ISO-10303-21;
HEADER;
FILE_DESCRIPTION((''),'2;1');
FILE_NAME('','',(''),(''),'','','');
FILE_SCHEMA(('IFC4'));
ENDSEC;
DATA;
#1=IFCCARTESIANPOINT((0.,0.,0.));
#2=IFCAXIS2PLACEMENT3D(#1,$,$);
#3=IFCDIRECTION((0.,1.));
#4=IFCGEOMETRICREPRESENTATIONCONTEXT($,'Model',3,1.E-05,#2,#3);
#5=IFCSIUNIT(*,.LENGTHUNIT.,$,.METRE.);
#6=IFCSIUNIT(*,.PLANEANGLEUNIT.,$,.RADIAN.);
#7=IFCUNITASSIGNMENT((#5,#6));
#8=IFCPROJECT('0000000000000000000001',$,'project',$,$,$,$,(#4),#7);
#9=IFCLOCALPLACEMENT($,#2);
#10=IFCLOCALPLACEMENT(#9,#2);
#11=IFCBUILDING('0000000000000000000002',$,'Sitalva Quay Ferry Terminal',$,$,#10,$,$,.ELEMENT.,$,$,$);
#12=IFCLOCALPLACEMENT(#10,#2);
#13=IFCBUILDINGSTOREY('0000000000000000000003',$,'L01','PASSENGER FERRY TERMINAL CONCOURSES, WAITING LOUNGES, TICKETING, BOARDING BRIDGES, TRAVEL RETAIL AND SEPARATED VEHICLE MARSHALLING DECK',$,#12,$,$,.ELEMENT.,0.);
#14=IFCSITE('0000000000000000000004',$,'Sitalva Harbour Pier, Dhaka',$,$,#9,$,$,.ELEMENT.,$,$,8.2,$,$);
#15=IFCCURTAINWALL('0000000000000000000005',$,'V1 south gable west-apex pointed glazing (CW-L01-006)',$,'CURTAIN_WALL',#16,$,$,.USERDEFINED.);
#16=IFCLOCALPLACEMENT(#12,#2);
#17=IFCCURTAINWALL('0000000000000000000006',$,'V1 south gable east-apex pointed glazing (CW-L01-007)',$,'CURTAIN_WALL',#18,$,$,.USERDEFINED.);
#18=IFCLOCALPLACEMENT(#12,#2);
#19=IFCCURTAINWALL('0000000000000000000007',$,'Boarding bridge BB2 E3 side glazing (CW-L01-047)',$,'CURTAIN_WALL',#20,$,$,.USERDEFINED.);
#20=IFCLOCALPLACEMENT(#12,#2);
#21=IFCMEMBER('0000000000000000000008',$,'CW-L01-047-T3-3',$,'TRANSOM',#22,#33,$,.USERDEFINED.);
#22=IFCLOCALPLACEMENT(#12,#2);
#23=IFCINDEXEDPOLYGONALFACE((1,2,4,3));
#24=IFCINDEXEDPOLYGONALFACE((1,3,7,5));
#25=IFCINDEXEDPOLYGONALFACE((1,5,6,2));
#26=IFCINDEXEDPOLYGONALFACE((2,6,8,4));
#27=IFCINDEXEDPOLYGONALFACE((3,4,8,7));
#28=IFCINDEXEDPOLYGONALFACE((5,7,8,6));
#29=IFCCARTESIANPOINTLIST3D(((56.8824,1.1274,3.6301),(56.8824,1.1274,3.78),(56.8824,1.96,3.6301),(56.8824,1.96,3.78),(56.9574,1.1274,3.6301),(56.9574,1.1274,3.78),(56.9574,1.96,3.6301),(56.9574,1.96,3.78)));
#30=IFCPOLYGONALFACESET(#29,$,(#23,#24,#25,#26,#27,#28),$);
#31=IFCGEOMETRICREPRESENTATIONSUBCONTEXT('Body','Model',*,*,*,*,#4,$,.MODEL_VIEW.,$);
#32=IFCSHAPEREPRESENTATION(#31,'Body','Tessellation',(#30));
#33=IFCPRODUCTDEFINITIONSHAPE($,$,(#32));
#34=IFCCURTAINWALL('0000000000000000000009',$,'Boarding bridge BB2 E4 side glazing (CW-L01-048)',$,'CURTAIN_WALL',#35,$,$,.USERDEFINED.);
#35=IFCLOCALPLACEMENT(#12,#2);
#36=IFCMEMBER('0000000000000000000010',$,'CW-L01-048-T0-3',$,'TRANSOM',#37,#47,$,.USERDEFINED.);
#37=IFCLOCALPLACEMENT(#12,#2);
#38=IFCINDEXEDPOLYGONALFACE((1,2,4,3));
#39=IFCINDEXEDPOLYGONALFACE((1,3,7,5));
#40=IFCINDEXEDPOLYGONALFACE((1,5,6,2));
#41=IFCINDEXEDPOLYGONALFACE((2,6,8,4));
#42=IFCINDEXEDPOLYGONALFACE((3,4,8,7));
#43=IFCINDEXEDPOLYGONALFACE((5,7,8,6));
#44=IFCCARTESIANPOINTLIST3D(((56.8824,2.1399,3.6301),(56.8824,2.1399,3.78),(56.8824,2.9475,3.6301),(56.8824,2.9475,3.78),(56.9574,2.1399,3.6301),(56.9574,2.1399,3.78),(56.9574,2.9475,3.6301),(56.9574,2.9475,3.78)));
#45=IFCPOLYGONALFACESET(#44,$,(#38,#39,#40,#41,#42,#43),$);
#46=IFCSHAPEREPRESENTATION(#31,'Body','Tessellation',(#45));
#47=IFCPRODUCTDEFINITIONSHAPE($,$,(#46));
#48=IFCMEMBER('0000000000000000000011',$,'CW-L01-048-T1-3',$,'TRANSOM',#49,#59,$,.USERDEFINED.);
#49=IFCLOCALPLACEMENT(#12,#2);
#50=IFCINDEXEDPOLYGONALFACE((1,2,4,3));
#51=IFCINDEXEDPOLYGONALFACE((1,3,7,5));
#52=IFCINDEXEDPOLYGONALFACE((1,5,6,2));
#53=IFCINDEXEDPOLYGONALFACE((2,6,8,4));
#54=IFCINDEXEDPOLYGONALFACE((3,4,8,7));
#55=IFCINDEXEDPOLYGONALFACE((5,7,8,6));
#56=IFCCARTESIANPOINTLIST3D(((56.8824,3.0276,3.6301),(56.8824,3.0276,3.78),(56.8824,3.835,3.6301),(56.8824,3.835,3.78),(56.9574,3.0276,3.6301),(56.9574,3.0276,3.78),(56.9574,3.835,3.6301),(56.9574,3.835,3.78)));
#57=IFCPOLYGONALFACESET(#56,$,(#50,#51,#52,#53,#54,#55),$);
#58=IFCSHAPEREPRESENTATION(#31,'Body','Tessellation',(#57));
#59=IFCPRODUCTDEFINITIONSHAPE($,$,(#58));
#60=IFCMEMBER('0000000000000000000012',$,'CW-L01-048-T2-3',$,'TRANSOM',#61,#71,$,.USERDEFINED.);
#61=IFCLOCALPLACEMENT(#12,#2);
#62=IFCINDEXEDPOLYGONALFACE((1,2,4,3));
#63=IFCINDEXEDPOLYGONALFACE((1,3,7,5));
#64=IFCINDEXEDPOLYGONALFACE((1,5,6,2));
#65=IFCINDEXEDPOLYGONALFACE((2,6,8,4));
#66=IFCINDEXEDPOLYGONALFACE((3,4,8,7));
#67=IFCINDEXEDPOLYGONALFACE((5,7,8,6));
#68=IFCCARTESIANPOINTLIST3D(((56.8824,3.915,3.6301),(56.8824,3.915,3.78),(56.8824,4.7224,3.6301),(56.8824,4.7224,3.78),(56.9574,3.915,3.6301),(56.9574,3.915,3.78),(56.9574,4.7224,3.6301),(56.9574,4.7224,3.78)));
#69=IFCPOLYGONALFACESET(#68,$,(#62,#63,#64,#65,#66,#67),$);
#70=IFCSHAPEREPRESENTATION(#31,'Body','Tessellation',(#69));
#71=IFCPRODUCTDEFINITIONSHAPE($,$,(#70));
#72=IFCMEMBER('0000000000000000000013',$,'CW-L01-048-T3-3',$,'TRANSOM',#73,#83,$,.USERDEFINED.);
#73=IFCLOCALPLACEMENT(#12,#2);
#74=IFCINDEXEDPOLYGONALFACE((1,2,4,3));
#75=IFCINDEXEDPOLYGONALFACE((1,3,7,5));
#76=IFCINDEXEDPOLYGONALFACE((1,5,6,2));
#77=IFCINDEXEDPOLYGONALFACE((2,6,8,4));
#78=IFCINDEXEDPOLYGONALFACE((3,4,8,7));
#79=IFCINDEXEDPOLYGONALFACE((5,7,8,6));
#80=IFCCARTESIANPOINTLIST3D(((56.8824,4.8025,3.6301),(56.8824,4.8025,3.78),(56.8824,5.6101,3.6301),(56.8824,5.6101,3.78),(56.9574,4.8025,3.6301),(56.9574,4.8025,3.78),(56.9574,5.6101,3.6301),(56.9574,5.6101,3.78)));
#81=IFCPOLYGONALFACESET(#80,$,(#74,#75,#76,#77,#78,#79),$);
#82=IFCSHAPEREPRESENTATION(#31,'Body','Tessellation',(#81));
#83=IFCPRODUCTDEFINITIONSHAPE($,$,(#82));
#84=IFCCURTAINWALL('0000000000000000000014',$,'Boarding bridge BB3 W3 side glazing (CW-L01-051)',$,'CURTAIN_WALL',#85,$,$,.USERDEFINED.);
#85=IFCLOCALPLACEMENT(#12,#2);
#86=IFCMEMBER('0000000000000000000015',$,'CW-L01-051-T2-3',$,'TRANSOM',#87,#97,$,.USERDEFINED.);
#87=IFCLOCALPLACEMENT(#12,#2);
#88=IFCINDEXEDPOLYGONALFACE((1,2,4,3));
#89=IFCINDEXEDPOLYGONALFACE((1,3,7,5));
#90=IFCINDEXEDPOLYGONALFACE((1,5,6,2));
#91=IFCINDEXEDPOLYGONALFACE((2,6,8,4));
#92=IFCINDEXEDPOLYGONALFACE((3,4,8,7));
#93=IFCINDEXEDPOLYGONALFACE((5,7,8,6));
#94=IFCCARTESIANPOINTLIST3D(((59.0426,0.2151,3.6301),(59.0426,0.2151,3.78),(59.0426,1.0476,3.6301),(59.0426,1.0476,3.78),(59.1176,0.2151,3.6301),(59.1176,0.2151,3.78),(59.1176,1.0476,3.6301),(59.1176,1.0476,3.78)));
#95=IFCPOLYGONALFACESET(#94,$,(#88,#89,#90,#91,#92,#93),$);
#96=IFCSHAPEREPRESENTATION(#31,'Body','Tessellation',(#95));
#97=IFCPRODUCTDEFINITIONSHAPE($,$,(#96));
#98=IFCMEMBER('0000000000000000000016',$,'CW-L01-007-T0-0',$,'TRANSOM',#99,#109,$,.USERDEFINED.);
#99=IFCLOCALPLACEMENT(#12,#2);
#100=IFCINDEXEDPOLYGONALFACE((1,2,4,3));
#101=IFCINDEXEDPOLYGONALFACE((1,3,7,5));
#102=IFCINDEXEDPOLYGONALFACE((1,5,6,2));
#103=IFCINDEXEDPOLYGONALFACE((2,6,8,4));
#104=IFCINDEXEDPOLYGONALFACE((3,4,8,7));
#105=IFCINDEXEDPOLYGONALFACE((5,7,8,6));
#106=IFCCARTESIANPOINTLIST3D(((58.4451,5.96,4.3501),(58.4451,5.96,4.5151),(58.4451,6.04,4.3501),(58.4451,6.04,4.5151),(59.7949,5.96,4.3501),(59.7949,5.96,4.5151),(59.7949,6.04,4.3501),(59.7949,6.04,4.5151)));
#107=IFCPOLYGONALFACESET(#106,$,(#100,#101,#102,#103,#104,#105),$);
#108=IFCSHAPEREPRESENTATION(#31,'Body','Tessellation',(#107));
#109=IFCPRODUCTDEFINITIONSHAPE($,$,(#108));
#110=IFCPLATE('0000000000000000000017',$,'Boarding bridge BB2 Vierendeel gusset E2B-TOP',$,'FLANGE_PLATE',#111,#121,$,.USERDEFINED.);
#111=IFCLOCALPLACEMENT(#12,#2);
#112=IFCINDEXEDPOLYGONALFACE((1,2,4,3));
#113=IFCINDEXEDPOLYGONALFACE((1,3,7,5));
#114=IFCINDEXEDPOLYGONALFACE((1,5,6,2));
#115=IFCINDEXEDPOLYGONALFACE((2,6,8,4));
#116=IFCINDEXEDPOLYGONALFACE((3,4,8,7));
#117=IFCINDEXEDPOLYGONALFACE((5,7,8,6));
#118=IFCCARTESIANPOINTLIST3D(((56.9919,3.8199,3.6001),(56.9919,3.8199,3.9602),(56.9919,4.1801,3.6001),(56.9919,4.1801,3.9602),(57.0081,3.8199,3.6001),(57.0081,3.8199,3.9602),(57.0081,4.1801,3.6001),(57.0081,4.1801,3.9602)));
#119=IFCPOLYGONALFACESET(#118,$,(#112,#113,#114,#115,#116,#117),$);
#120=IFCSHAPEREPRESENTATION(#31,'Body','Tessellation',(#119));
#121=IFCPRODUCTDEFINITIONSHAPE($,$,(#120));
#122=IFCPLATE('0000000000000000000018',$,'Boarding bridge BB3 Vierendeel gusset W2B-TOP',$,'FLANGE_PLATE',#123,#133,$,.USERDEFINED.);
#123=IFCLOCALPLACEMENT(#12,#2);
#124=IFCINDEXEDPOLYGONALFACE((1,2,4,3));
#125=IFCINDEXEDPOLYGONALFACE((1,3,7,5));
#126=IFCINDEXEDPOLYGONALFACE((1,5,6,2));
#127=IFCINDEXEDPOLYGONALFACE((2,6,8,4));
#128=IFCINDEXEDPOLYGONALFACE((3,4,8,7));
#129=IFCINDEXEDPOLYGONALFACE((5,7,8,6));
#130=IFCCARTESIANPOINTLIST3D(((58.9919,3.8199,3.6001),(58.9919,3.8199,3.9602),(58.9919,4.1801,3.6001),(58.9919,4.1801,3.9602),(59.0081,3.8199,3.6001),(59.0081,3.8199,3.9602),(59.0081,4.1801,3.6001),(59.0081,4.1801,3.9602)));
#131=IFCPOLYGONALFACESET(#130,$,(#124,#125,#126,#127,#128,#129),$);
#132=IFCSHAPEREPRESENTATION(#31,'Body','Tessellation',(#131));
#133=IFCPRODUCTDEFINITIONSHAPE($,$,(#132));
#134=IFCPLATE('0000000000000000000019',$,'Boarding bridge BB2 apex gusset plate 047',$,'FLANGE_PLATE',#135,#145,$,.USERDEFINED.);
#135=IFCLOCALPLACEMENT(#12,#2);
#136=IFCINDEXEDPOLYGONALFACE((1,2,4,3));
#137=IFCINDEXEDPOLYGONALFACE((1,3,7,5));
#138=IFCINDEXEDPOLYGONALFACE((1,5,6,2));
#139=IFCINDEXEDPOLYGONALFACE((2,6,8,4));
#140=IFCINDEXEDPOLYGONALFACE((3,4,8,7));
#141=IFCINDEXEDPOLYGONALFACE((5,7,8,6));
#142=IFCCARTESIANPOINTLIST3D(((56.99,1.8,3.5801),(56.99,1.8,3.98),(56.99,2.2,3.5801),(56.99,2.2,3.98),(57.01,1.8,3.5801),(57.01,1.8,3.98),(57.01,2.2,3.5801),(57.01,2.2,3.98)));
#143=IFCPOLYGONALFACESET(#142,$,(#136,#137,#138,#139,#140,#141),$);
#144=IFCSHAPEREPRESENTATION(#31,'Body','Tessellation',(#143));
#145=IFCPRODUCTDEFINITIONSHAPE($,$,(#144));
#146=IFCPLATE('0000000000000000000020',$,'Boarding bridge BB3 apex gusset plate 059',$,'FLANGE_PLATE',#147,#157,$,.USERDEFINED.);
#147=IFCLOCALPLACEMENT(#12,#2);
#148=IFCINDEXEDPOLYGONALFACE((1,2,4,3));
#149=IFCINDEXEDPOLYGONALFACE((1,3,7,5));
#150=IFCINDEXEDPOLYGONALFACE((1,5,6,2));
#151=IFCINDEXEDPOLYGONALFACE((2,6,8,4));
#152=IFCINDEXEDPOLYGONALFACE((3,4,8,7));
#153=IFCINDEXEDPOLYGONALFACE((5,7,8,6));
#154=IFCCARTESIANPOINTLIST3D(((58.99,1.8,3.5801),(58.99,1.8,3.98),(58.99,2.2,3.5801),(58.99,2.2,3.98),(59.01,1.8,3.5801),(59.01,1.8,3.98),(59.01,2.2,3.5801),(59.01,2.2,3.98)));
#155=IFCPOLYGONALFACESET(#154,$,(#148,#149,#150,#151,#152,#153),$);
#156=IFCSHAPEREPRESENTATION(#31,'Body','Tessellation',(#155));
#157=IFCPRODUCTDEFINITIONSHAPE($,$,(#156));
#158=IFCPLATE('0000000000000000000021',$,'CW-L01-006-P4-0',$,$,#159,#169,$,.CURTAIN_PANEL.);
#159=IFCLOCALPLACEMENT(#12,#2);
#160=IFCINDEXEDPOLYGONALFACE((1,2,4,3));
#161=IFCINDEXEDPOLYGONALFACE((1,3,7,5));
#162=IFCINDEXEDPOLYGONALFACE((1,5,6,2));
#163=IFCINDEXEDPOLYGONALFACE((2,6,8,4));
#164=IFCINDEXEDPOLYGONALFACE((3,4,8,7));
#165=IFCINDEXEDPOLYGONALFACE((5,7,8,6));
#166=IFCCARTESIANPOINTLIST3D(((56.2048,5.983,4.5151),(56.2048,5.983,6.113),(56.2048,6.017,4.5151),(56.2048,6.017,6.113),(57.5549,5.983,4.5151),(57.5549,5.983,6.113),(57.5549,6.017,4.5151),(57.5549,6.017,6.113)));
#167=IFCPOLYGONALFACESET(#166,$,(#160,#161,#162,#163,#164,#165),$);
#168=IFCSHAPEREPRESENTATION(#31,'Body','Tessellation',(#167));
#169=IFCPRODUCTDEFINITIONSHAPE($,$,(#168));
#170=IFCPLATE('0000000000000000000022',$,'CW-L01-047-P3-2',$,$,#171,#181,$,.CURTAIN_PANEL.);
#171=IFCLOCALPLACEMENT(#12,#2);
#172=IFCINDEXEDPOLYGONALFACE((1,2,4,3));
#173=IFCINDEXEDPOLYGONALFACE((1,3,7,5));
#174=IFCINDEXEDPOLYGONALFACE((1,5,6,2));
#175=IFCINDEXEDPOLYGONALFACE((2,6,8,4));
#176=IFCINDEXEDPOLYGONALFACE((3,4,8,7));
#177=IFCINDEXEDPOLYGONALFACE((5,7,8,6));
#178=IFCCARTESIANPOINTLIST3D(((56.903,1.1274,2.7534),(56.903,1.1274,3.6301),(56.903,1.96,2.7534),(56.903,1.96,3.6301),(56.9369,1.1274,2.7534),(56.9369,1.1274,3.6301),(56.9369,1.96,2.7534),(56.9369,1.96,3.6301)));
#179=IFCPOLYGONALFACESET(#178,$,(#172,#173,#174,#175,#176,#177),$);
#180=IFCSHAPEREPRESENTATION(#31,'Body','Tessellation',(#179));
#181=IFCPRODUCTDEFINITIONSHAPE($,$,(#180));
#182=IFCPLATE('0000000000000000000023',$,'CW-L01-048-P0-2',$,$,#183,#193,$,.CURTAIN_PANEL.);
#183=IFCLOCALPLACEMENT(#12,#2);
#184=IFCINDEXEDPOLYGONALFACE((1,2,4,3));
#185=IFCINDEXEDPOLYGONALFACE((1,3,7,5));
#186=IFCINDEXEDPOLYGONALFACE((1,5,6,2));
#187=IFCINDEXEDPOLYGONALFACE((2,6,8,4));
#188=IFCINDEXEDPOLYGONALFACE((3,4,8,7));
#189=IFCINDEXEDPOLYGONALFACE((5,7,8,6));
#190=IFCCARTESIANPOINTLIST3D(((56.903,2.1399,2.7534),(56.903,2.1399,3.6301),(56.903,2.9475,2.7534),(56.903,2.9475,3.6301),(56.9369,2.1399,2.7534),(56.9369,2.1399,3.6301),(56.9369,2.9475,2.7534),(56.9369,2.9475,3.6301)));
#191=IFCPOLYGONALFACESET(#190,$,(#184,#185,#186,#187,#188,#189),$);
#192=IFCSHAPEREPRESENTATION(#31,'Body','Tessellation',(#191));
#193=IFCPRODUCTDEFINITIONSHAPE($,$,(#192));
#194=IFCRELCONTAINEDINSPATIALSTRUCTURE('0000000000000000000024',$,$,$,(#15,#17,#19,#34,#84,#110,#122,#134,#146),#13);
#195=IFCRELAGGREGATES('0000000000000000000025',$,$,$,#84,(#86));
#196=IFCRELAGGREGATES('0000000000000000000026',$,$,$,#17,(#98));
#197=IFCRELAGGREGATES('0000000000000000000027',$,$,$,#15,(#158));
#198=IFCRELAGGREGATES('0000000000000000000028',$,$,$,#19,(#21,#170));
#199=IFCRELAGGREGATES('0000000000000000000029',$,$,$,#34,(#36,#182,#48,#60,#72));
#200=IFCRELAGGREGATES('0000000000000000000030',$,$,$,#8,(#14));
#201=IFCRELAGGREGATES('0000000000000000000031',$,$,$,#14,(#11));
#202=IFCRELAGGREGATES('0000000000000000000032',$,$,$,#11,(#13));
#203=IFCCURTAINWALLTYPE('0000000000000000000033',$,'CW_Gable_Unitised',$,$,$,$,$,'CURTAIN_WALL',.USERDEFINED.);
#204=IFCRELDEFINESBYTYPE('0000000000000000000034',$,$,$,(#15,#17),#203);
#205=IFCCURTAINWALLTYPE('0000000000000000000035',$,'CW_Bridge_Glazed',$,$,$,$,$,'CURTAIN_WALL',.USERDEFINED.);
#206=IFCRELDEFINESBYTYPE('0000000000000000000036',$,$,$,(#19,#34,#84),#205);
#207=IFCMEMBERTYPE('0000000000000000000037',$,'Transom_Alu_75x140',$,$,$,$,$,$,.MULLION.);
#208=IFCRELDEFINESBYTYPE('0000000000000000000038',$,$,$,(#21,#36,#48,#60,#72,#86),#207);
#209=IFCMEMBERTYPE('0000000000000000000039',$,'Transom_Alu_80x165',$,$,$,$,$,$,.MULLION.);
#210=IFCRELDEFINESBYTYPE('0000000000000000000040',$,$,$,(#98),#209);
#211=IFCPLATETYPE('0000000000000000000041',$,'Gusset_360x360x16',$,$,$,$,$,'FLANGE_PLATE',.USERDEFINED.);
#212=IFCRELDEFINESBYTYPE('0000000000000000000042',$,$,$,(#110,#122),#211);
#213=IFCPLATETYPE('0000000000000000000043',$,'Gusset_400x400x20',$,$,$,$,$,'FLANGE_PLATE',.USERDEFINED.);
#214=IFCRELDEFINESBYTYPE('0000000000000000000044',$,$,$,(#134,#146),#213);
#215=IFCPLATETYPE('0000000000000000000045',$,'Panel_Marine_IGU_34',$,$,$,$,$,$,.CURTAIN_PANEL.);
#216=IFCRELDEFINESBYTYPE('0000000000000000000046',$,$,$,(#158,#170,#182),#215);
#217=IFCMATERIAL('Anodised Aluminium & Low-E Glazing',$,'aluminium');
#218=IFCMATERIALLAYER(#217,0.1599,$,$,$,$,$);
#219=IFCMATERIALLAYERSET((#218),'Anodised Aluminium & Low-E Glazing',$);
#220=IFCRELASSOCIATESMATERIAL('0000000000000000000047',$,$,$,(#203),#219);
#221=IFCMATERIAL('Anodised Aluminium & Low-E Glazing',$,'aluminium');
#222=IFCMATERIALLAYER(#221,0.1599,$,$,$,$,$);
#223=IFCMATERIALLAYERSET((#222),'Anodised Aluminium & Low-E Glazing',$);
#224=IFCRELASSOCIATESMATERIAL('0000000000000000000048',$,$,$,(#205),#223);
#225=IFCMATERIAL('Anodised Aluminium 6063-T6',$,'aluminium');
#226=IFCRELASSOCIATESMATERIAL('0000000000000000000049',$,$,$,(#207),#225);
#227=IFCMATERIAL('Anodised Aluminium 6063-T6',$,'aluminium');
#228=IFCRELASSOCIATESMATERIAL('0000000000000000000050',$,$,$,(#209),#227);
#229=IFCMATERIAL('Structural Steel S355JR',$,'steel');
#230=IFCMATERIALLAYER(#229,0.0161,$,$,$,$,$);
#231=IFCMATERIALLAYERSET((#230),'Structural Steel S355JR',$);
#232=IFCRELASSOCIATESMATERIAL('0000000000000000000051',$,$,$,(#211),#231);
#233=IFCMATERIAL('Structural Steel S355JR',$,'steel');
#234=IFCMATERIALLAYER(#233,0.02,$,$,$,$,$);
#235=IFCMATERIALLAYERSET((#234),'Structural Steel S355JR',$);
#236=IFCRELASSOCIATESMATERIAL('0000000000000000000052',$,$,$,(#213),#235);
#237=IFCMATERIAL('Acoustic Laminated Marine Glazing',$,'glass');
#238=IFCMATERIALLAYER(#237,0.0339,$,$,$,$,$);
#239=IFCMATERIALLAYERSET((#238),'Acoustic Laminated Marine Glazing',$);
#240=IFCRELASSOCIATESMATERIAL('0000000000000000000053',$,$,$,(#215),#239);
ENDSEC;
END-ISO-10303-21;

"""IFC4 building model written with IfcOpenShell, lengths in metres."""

from ifc_helpers import new_model, si_unit, direction, frame, origin, origin_2d, place, context, subcontext, project, spatial, rectangle, extrude, material, layer, layer_set, material_profile, profile_set, type_object, element, aggregate, save


model = new_model("IFC4")

# Units and contexts
model_context = context("Model", 3, precision=1e-05, world=origin(), true_north=direction((0.0, 1.0)))
body_context = subcontext(model_context, "Body", "Model", "MODEL_VIEW")
ifc_project = project(units=[si_unit("LENGTHUNIT", "METRE"), si_unit("PLANEANGLEUNIT", "RADIAN")], contexts=[model_context])

# Site, building, storey
site_placement = place(None, origin())
site = spatial("IfcSite", under=ifc_project, at=site_placement, Name="Sitalva Harbour Pier, Dhaka", CompositionType="ELEMENT", RefElevation=8.2)
building_placement = place(site_placement, origin())
building = spatial("IfcBuilding", under=site, at=building_placement, Name="Sitalva Quay Ferry Terminal", CompositionType="ELEMENT")
storey_placement = place(building_placement, origin())
storey = spatial("IfcBuildingStorey", under=building, at=storey_placement, Name="L01", Description="PASSENGER FERRY TERMINAL CONCOURSES, WAITING LOUNGES, TICKETING, BOARDING BRIDGES, TRAVEL RETAIL AND SEPARATED VEHICLE MARSHALLING DECK", CompositionType="ELEMENT", Elevation=0.0)

# Curtain walls
ifc_material_1 = material(Name="Anodised Aluminium & Low-E Glazing", Category="aluminium")
ifc_layer_1 = layer(ifc_material_1, 0.1599)
ifc_layer_set_1 = layer_set([ifc_layer_1], Name="Anodised Aluminium & Low-E Glazing")
curtain_wall_type_1 = type_object("IfcCurtainWallType", Name="CW_Gable_Unitised", ElementType="CURTAIN_WALL", PredefinedType="USERDEFINED", material=ifc_layer_set_1)
curtain_wall_1_placement = place(storey_placement, origin())
curtain_wall_1 = element("IfcCurtainWall", 1, at=curtain_wall_1_placement, inside=storey, type_object=curtain_wall_type_1, Name="V1 south gable west-apex pointed glazing (CW-L01-006)", ObjectType="CURTAIN_WALL", PredefinedType="USERDEFINED")
curtain_wall_2_placement = place(storey_placement, origin())
curtain_wall_2 = element("IfcCurtainWall", 2, at=curtain_wall_2_placement, inside=storey, type_object=curtain_wall_type_1, Name="V1 south gable east-apex pointed glazing (CW-L01-007)", ObjectType="CURTAIN_WALL", PredefinedType="USERDEFINED")

# Curtain walls, members
ifc_material_2 = material(Name="Anodised Aluminium & Low-E Glazing", Category="aluminium")
ifc_layer_2 = layer(ifc_material_2, 0.1599)
ifc_layer_set_2 = layer_set([ifc_layer_2], Name="Anodised Aluminium & Low-E Glazing")
curtain_wall_type_2 = type_object("IfcCurtainWallType", Name="CW_Bridge_Glazed", ElementType="CURTAIN_WALL", PredefinedType="USERDEFINED", material=ifc_layer_set_2)
curtain_wall_3_placement = place(storey_placement, origin())
curtain_wall_3 = element("IfcCurtainWall", 3, at=curtain_wall_3_placement, inside=storey, type_object=curtain_wall_type_2, Name="Boarding bridge BB2 E3 side glazing (CW-L01-047)", ObjectType="CURTAIN_WALL", PredefinedType="USERDEFINED")
ifc_material_3 = material(Name="Anodised Aluminium 6063-T6", Category="aluminium")
ifc_material_profile_1 = material_profile(ifc_material_3, rectangle(XDim=0.075, YDim=0.1499, at=origin_2d()), Name="ALU75x150")
ifc_profile_set_1 = profile_set([ifc_material_profile_1], Name="Anodised Aluminium 6063-T6")
member_type_1 = type_object("IfcMemberType", Name="Transom_Alu_75x140", PredefinedType="MULLION", material=ifc_profile_set_1)
member_1_placement = place(storey_placement, frame((56.9199, 1.1274, 3.7051), z_axis=(0.0, 1.0, 0.0), x_axis=(-1.0, 0.0, 0.0)))
member_1 = element("IfcMember", 4, at=member_1_placement, type_object=member_type_1, Name="CW-L01-047-T3-3", ObjectType="TRANSOM", PredefinedType="USERDEFINED", context=body_context, shape_type="SweptSolid", body=[
    extrude(rectangle(XDim=0.075, YDim=0.1499, at=origin_2d()), origin(), (0.0, 0.0, 1.0), 0.8325),
])
curtain_wall_4_placement = place(storey_placement, origin())
curtain_wall_4 = element("IfcCurtainWall", 5, at=curtain_wall_4_placement, inside=storey, type_object=curtain_wall_type_2, Name="Boarding bridge BB2 E4 side glazing (CW-L01-048)", ObjectType="CURTAIN_WALL", PredefinedType="USERDEFINED")
member_2_placement = place(storey_placement, frame((56.9199, 2.1399, 3.7051), z_axis=(0.0, 1.0, 0.0), x_axis=(-1.0, 0.0, 0.0)))
member_2 = element("IfcMember", 6, at=member_2_placement, type_object=member_type_1, Name="CW-L01-048-T0-3", ObjectType="TRANSOM", PredefinedType="USERDEFINED", context=body_context, shape_type="SweptSolid", body=[
    extrude(rectangle(XDim=0.075, YDim=0.1499, at=origin_2d()), origin(), (0.0, 0.0, 1.0), 0.8076),
])
member_3_placement = place(storey_placement, frame((56.9199, 3.0276, 3.7051), z_axis=(0.0, 1.0, 0.0), x_axis=(-1.0, 0.0, 0.0)))
member_3 = element("IfcMember", 7, at=member_3_placement, type_object=member_type_1, Name="CW-L01-048-T1-3", ObjectType="TRANSOM", PredefinedType="USERDEFINED", context=body_context, shape_type="SweptSolid", body=[
    extrude(rectangle(XDim=0.075, YDim=0.1499, at=origin_2d()), origin(), (0.0, 0.0, 1.0), 0.8074),
])
member_4_placement = place(storey_placement, frame((56.9199, 3.915, 3.7051), z_axis=(0.0, 1.0, 0.0), x_axis=(-1.0, 0.0, 0.0)))
member_4 = element("IfcMember", 8, at=member_4_placement, type_object=member_type_1, Name="CW-L01-048-T2-3", ObjectType="TRANSOM", PredefinedType="USERDEFINED", context=body_context, shape_type="SweptSolid", body=[
    extrude(rectangle(XDim=0.075, YDim=0.1499, at=origin_2d()), origin(), (0.0, 0.0, 1.0), 0.8074),
])
member_5_placement = place(storey_placement, frame((56.9199, 4.8025, 3.7051), z_axis=(0.0, 1.0, 0.0), x_axis=(-1.0, 0.0, 0.0)))
member_5 = element("IfcMember", 9, at=member_5_placement, type_object=member_type_1, Name="CW-L01-048-T3-3", ObjectType="TRANSOM", PredefinedType="USERDEFINED", context=body_context, shape_type="SweptSolid", body=[
    extrude(rectangle(XDim=0.075, YDim=0.1499, at=origin_2d()), origin(), (0.0, 0.0, 1.0), 0.8076),
])

# Curtain wall, member
curtain_wall_5_placement = place(storey_placement, origin())
curtain_wall_5 = element("IfcCurtainWall", 10, at=curtain_wall_5_placement, inside=storey, type_object=curtain_wall_type_2, Name="Boarding bridge BB3 W3 side glazing (CW-L01-051)", ObjectType="CURTAIN_WALL", PredefinedType="USERDEFINED")
member_6_placement = place(storey_placement, frame((59.0801, 0.2151, 3.7051), z_axis=(0.0, 1.0, 0.0), x_axis=(-1.0, 0.0, 0.0)))
member_6 = element("IfcMember", 11, at=member_6_placement, type_object=member_type_1, Name="CW-L01-051-T2-3", ObjectType="TRANSOM", PredefinedType="USERDEFINED", context=body_context, shape_type="SweptSolid", body=[
    extrude(rectangle(XDim=0.075, YDim=0.1499, at=origin_2d()), origin(), (0.0, 0.0, 1.0), 0.8325),
])
aggregate(curtain_wall_5, [member_6])

# Member
ifc_material_4 = material(Name="Anodised Aluminium 6063-T6", Category="aluminium")
ifc_material_profile_2 = material_profile(ifc_material_4, rectangle(XDim=0.0801, YDim=0.165, at=origin_2d()), Name="ALU80x165")
ifc_profile_set_2 = profile_set([ifc_material_profile_2], Name="Anodised Aluminium 6063-T6")
member_type_2 = type_object("IfcMemberType", Name="Transom_Alu_80x165", PredefinedType="MULLION", material=ifc_profile_set_2)
member_7_placement = place(storey_placement, frame((58.4451, 6.0, 4.4326), z_axis=(1.0, 0.0, 0.0), x_axis=(0.0, 1.0, 0.0)))
member_7 = element("IfcMember", 12, at=member_7_placement, type_object=member_type_2, Name="CW-L01-007-T0-0", ObjectType="TRANSOM", PredefinedType="USERDEFINED", context=body_context, shape_type="SweptSolid", body=[
    extrude(rectangle(XDim=0.0801, YDim=0.165, at=origin_2d()), origin(), (0.0, 0.0, 1.0), 1.3499),
])
aggregate(curtain_wall_2, [member_7])

# Plates
ifc_material_5 = material(Name="Structural Steel S355JR", Category="steel")
ifc_layer_3 = layer(ifc_material_5, 0.0161)
ifc_layer_set_3 = layer_set([ifc_layer_3], Name="Structural Steel S355JR")
plate_type_1 = type_object("IfcPlateType", Name="Gusset_360x360x16", ElementType="FLANGE_PLATE", PredefinedType="USERDEFINED", material=ifc_layer_set_3)
for number, where, z_axis, x_axis, name in (
    (13, (57.0, 4.0, 3.6001), (0.0, 0.0, 1.0), (1.0, 0.0, 0.0), "Boarding bridge BB2 Vierendeel gusset E2B-TOP"),
    (14, (59.0, 4.0, 3.6001), (0.0, 0.0, 1.0), (1.0, 0.0, 0.0), "Boarding bridge BB3 Vierendeel gusset W2B-TOP"),
):
    element("IfcPlate", number, at=place(storey_placement, frame(where, z_axis=z_axis, x_axis=x_axis)), inside=storey, type_object=plate_type_1, Name=name, ObjectType="FLANGE_PLATE", PredefinedType="USERDEFINED", context=body_context, shape_type="SweptSolid", body=[
        extrude(rectangle(XDim=0.0161, YDim=0.3601, at=origin_2d()), origin(), (0.0, 0.0, 1.0), 0.3601),
    ])
ifc_material_6 = material(Name="Structural Steel S355JR", Category="steel")
ifc_layer_4 = layer(ifc_material_6, 0.02)
ifc_layer_set_4 = layer_set([ifc_layer_4], Name="Structural Steel S355JR")
plate_type_2 = type_object("IfcPlateType", Name="Gusset_400x400x20", ElementType="FLANGE_PLATE", PredefinedType="USERDEFINED", material=ifc_layer_set_4)
for number, where, z_axis, x_axis, name in (
    (15, (57.0, 2.0, 3.5801), (0.0, 0.0, 1.0), (1.0, 0.0, 0.0), "Boarding bridge BB2 apex gusset plate 047"),
    (16, (59.0, 2.0, 3.5801), (0.0, 0.0, 1.0), (1.0, 0.0, 0.0), "Boarding bridge BB3 apex gusset plate 059"),
):
    element("IfcPlate", number, at=place(storey_placement, frame(where, z_axis=z_axis, x_axis=x_axis)), inside=storey, type_object=plate_type_2, Name=name, ObjectType="FLANGE_PLATE", PredefinedType="USERDEFINED", context=body_context, shape_type="SweptSolid", body=[
        extrude(rectangle(XDim=0.02, YDim=0.3999, at=origin_2d()), origin(), (0.0, 0.0, 1.0), 0.3999),
    ])

# Plates
ifc_material_7 = material(Name="Acoustic Laminated Marine Glazing", Category="glass")
ifc_layer_5 = layer(ifc_material_7, 0.0339)
ifc_layer_set_5 = layer_set([ifc_layer_5], Name="Acoustic Laminated Marine Glazing")
plate_type_3 = type_object("IfcPlateType", Name="Panel_Marine_IGU_34", PredefinedType="CURTAIN_PANEL", material=ifc_layer_set_5)
plate_1_placement = place(storey_placement, frame((56.8799, 6.0, 4.5151), z_axis=(0.0, 0.0, 1.0), x_axis=(1.0, 0.0, 0.0)))
plate_1 = element("IfcPlate", 17, at=plate_1_placement, type_object=plate_type_3, Name="CW-L01-006-P4-0", PredefinedType="CURTAIN_PANEL", context=body_context, shape_type="SweptSolid", body=[
    extrude(rectangle(XDim=1.3501, YDim=0.0339, at=origin_2d()), origin(), (0.0, 0.0, 1.0), 1.5979),
])
aggregate(curtain_wall_1, [plate_1])
plate_2_placement = place(storey_placement, frame((56.9199, 1.5437, 2.7534), z_axis=(0.0, 0.0, 1.0), x_axis=(0.0, 1.0, 0.0)))
plate_2 = element("IfcPlate", 18, at=plate_2_placement, type_object=plate_type_3, Name="CW-L01-047-P3-2", PredefinedType="CURTAIN_PANEL", context=body_context, shape_type="SweptSolid", body=[
    extrude(rectangle(XDim=0.8325, YDim=0.0339, at=origin_2d()), origin(), (0.0, 0.0, 1.0), 0.8767),
])
aggregate(curtain_wall_3, [member_1, plate_2])
plate_3_placement = place(storey_placement, frame((56.9199, 2.5437, 2.7534), z_axis=(0.0, 0.0, 1.0), x_axis=(0.0, 1.0, 0.0)))
plate_3 = element("IfcPlate", 19, at=plate_3_placement, type_object=plate_type_3, Name="CW-L01-048-P0-2", PredefinedType="CURTAIN_PANEL", context=body_context, shape_type="SweptSolid", body=[
    extrude(rectangle(XDim=0.8076, YDim=0.0339, at=origin_2d()), origin(), (0.0, 0.0, 1.0), 0.8767),
])
aggregate(curtain_wall_4, [member_2, plate_3, member_3, member_4, member_5])

save(model, "model.ifc")
